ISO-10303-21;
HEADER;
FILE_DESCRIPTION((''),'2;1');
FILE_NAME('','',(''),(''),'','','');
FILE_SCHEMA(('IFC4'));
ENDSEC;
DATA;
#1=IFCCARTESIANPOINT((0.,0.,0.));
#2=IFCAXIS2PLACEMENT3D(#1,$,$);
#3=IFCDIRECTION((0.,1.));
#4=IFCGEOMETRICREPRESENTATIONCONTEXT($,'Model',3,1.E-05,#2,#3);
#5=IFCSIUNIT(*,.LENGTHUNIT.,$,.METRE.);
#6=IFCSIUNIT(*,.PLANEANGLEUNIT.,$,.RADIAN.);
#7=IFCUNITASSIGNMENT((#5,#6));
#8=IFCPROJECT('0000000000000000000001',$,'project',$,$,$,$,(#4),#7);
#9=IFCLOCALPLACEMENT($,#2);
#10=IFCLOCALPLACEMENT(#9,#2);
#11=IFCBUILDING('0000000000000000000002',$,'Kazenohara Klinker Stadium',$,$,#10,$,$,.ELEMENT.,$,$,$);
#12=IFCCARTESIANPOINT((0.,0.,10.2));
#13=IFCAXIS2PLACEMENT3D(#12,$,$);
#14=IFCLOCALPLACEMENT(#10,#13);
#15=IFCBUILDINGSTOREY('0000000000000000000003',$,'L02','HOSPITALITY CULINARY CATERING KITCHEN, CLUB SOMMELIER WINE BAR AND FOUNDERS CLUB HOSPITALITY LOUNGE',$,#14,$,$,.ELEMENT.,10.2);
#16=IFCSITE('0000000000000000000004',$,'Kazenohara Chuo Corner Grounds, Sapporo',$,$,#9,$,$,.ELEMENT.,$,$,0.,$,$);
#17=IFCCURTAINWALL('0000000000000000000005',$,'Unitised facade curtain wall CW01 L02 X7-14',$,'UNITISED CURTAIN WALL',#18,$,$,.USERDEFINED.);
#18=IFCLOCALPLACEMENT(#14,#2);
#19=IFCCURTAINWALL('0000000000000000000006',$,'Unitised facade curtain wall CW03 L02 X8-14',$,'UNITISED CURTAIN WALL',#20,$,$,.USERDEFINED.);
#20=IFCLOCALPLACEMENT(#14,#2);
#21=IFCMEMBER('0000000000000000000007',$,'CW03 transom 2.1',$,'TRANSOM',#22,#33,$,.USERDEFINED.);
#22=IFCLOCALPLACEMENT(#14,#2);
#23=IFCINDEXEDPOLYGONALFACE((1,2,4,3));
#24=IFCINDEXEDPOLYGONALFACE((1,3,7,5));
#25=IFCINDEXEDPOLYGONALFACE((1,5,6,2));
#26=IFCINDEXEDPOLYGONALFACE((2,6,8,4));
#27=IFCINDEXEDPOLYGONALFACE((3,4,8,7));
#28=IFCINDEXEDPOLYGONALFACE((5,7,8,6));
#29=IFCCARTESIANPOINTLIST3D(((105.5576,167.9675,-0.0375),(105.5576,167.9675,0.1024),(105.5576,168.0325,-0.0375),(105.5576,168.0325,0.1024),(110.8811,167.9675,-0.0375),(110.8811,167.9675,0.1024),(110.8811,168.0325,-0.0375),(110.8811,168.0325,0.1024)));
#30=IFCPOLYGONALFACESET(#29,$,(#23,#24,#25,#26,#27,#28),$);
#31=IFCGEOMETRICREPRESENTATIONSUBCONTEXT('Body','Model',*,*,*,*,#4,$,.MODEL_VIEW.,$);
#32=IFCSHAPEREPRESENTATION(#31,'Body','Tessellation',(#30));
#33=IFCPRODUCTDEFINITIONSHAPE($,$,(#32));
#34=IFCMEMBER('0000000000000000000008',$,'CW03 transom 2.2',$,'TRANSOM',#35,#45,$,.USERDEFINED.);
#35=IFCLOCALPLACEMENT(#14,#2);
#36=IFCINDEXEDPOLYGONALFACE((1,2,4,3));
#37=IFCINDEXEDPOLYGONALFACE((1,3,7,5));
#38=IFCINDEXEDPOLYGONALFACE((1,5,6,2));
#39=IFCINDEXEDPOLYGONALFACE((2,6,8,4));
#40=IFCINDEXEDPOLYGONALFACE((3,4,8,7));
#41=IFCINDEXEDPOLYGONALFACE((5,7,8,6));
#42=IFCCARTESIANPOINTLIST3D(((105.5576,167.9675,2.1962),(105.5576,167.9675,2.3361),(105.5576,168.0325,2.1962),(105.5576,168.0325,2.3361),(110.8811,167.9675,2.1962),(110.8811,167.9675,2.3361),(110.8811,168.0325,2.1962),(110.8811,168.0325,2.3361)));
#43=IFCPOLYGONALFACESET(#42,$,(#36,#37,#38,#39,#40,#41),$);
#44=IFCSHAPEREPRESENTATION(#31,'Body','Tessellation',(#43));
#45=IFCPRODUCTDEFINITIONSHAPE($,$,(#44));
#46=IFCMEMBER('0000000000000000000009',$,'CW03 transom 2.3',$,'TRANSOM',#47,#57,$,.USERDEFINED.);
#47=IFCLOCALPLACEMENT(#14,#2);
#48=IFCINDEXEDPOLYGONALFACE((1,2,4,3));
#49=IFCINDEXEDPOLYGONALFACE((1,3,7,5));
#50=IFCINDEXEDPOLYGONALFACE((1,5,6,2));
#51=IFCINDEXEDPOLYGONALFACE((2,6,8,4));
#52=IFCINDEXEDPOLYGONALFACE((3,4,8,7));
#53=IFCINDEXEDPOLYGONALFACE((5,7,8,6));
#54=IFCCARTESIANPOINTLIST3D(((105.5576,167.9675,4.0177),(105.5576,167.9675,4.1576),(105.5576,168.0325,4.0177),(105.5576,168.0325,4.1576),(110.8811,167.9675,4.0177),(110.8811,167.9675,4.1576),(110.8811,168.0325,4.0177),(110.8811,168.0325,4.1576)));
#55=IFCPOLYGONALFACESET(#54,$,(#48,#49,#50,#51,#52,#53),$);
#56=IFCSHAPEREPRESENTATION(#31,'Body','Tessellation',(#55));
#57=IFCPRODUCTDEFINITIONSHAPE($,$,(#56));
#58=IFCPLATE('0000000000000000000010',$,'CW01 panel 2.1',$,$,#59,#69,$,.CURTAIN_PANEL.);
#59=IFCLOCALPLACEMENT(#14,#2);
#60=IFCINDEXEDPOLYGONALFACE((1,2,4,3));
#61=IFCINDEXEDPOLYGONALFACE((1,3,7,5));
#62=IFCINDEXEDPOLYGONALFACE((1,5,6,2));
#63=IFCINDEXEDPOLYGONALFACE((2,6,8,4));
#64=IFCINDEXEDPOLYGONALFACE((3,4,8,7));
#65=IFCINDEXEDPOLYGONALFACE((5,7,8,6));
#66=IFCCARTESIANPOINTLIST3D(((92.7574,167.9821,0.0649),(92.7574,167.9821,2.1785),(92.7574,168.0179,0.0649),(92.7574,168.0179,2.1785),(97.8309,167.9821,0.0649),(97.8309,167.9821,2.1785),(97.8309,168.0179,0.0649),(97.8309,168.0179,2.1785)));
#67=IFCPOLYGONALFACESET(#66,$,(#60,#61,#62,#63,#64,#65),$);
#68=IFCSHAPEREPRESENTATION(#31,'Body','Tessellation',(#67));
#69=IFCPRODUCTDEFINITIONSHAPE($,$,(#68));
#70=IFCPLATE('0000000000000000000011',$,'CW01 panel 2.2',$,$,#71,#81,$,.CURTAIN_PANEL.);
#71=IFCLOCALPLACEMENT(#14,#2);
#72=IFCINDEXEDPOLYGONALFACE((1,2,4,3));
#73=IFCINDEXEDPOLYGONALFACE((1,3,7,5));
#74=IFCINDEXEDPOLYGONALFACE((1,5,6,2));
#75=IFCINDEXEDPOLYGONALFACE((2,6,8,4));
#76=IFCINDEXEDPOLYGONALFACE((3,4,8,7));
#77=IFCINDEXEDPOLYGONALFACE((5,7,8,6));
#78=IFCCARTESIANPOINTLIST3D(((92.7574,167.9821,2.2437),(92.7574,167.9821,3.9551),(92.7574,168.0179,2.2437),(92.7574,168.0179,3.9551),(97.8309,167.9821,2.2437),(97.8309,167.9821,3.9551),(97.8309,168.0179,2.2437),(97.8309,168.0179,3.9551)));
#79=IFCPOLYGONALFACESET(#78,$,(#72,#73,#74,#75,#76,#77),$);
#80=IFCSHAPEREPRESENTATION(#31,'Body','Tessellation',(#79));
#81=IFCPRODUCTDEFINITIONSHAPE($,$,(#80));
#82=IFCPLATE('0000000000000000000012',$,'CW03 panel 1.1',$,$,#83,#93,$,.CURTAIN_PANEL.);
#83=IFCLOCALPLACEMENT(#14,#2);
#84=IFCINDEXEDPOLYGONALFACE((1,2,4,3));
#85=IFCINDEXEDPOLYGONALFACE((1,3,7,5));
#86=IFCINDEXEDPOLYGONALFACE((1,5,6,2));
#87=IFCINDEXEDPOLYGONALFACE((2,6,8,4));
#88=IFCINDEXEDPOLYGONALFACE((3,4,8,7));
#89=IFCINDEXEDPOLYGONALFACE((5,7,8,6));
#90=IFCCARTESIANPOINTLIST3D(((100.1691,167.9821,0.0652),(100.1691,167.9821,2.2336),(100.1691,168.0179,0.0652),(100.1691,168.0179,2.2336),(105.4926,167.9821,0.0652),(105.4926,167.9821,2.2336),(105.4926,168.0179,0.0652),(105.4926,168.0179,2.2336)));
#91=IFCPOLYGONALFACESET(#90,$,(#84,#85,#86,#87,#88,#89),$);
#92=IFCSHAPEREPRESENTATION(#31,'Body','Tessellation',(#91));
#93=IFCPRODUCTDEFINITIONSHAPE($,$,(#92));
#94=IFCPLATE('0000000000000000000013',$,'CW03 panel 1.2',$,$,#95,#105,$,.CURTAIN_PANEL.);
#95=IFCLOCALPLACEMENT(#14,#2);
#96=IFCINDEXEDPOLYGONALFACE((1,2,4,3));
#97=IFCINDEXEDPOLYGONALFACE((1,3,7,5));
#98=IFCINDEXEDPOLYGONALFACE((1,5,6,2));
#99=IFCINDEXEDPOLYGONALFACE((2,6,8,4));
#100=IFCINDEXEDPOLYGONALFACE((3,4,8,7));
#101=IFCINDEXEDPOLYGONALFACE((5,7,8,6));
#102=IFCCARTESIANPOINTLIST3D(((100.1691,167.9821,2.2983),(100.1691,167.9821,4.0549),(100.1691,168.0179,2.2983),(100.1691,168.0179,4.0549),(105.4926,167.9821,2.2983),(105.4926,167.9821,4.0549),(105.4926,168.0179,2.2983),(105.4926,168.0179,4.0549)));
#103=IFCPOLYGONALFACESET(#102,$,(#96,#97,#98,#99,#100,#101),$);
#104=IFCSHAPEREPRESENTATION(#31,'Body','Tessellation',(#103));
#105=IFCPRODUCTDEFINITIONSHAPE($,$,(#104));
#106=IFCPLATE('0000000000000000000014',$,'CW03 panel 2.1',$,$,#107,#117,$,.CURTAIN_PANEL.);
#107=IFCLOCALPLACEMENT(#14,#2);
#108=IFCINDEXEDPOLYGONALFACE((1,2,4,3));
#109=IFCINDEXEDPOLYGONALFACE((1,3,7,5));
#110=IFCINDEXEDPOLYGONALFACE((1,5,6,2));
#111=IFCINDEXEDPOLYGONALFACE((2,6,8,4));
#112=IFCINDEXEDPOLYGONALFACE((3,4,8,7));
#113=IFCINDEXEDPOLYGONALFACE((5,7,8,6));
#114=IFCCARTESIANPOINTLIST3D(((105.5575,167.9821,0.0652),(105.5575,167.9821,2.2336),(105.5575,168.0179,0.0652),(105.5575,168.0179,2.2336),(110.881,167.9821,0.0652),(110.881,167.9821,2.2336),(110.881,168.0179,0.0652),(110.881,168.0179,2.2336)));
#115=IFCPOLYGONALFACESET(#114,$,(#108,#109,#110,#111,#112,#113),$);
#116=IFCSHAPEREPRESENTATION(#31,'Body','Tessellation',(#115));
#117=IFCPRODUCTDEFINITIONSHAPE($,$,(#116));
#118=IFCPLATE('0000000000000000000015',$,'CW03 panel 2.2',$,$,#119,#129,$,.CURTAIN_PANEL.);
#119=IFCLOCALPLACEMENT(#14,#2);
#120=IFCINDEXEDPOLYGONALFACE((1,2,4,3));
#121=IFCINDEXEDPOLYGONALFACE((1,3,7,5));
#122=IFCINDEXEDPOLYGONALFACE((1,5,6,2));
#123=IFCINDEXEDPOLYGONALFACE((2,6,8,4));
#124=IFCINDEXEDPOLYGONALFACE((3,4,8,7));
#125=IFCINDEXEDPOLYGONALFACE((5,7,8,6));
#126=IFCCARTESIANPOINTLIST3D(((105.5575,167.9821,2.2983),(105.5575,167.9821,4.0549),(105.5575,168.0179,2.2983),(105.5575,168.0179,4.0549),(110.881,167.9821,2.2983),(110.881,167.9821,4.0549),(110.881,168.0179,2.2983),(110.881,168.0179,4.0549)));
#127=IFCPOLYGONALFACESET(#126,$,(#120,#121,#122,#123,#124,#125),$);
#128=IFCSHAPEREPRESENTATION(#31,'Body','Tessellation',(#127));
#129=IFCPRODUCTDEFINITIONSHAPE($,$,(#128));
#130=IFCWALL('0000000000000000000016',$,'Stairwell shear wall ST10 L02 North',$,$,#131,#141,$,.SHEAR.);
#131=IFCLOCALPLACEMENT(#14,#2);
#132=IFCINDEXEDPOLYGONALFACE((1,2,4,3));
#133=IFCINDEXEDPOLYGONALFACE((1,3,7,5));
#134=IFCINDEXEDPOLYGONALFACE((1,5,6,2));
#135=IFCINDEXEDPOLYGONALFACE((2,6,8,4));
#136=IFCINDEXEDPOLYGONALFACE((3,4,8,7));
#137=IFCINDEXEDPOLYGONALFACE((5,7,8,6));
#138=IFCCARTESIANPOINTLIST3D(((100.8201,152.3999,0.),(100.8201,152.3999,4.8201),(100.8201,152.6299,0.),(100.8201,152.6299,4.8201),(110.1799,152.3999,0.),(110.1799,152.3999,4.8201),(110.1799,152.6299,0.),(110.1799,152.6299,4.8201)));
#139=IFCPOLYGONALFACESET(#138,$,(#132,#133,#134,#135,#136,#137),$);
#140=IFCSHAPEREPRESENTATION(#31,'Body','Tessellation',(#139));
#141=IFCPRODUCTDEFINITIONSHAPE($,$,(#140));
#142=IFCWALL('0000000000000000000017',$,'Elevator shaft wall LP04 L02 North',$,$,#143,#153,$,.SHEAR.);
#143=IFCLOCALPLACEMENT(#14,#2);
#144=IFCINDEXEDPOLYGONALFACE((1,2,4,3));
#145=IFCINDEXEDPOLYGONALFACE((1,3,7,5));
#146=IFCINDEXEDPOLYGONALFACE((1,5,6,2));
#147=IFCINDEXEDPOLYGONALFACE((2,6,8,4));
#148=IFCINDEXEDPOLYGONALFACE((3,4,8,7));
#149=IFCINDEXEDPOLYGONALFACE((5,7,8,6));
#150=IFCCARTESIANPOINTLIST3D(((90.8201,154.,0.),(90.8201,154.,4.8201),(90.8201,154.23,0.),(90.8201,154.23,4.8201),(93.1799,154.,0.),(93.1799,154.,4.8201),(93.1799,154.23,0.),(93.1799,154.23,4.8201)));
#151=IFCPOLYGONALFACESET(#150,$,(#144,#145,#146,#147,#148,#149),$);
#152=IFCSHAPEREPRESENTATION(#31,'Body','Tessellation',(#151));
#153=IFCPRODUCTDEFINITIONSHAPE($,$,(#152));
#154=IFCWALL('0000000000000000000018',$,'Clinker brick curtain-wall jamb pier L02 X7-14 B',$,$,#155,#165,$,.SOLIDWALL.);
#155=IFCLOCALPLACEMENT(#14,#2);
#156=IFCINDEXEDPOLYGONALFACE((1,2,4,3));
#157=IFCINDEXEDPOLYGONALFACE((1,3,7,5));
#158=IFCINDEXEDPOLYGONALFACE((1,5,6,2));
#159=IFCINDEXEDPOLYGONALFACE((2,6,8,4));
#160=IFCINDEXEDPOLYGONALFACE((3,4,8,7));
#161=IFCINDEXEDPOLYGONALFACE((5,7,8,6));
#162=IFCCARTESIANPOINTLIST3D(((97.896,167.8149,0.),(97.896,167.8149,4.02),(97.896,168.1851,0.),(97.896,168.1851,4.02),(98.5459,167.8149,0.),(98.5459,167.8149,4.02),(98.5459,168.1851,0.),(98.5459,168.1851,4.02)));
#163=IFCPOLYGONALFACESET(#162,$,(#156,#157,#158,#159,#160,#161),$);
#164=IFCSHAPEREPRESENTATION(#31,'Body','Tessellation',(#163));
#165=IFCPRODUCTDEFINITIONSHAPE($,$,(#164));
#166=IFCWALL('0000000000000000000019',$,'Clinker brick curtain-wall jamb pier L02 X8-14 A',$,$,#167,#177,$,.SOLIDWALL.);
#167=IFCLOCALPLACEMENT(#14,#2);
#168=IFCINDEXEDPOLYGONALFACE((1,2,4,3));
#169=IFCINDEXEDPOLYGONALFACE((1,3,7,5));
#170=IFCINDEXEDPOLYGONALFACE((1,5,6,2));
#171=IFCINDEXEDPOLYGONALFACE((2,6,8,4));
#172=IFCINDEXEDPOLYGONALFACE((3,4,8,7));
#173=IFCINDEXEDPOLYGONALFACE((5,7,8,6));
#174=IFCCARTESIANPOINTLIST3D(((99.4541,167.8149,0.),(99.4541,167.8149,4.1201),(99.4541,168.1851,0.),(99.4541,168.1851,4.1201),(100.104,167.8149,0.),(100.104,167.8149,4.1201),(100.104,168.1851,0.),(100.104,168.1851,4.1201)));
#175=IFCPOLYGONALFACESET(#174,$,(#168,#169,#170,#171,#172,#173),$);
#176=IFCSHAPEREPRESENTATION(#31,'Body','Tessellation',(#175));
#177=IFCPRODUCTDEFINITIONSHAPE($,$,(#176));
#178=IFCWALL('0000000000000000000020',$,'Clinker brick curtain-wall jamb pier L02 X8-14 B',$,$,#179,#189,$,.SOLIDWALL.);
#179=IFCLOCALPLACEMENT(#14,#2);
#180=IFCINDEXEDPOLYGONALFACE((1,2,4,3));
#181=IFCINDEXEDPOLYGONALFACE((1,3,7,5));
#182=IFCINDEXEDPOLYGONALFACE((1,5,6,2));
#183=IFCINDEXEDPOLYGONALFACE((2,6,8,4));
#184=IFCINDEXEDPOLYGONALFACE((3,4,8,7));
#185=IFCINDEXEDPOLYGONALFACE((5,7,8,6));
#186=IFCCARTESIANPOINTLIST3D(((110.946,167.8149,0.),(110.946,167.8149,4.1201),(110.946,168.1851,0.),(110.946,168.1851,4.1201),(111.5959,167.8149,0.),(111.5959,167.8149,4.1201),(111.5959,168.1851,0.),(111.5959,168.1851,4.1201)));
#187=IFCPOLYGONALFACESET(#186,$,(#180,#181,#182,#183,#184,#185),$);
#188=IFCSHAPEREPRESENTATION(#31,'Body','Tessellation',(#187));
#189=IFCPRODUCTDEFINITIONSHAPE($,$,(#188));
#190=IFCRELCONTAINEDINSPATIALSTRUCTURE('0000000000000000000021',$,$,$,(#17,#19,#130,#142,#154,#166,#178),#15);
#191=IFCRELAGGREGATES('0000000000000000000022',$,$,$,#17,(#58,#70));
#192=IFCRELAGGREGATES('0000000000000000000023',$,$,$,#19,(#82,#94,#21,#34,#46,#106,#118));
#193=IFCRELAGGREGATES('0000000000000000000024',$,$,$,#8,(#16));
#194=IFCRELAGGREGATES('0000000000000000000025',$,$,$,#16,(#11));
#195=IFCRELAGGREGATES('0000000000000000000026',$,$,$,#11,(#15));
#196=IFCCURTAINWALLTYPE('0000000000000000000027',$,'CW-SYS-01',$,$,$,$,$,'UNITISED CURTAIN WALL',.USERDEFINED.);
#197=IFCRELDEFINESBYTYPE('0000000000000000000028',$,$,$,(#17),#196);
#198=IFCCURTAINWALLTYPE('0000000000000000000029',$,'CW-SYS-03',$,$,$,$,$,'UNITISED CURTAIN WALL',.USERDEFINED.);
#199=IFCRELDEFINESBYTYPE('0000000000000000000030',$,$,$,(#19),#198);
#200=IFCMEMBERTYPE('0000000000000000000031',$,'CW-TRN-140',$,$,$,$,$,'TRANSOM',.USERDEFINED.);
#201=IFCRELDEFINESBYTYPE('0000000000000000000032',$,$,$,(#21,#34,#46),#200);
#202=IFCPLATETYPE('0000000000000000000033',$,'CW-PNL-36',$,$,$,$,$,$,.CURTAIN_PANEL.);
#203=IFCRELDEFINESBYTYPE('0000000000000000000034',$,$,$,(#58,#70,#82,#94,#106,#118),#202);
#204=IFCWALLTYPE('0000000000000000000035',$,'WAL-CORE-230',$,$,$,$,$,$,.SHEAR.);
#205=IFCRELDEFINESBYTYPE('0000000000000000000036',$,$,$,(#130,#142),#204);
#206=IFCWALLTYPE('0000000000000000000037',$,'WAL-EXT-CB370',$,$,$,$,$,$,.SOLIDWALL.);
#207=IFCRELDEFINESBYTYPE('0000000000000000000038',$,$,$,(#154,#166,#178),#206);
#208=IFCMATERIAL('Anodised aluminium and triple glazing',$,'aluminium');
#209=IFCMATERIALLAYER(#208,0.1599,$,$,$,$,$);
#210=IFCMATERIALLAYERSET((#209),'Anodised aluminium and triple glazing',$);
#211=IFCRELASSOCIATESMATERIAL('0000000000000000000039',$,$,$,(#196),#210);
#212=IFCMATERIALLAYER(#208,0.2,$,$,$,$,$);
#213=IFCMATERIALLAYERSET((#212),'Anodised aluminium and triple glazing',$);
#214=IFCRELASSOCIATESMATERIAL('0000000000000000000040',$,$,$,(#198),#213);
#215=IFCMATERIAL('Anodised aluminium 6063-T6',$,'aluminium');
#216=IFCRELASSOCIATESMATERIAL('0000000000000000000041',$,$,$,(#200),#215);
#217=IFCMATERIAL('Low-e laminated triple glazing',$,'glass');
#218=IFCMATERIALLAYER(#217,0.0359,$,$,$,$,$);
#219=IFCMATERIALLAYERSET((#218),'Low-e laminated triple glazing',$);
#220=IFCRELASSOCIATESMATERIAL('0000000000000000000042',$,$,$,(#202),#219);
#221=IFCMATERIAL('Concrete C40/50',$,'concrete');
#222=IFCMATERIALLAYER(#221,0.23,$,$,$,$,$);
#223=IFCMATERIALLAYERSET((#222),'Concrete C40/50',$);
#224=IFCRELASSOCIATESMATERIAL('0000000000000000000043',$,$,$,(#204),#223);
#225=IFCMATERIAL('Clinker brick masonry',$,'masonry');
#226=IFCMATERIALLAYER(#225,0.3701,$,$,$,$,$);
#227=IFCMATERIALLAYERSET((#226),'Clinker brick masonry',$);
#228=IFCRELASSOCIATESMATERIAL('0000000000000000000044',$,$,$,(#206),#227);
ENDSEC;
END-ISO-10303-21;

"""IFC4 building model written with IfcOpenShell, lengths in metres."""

from ifc_helpers import new_model, si_unit, direction, frame, frame_2d, origin, origin_2d, place, context, subcontext, project, spatial, rectangle, extrude, material, layer, layer_set, material_profile, profile_set, type_object, element, aggregate, save


model = new_model("IFC4")

# Units and contexts
model_context = context("Model", 3, precision=1e-05, world=origin(), true_north=direction((0.0, 1.0)))
body_context = subcontext(model_context, "Body", "Model", "MODEL_VIEW")
ifc_project = project(units=[si_unit("LENGTHUNIT", "METRE"), si_unit("PLANEANGLEUNIT", "RADIAN")], contexts=[model_context])

# Site, building, storey
site_placement = place(None, origin())
site = spatial("IfcSite", under=ifc_project, at=site_placement, Name="Kazenohara Chuo Corner Grounds, Sapporo", CompositionType="ELEMENT", RefElevation=0.0)
building_placement = place(site_placement, origin())
building = spatial("IfcBuilding", under=site, at=building_placement, Name="Kazenohara Klinker Stadium", CompositionType="ELEMENT")
storey_placement = place(building_placement, frame((0.0, 0.0, 10.2)))
storey = spatial("IfcBuildingStorey", under=building, at=storey_placement, Name="L02", Description="HOSPITALITY CULINARY CATERING KITCHEN, CLUB SOMMELIER WINE BAR AND FOUNDERS CLUB HOSPITALITY LOUNGE", CompositionType="ELEMENT", Elevation=10.2)

# Shared definitions
ifc_material_1 = material(Name="Concrete C40/50", Category="concrete")

# Curtain walls
ifc_material_2 = material(Name="Anodised aluminium and triple glazing", Category="aluminium")
ifc_layer_1 = layer(ifc_material_2, 0.1599)
ifc_layer_set_1 = layer_set([ifc_layer_1], Name="Anodised aluminium and triple glazing")
curtain_wall_type_1 = type_object("IfcCurtainWallType", Name="CW-SYS-01", ElementType="UNITISED CURTAIN WALL", PredefinedType="USERDEFINED", material=ifc_layer_set_1)
curtain_wall_1_placement = place(storey_placement, origin())
curtain_wall_1 = element("IfcCurtainWall", 1, at=curtain_wall_1_placement, inside=storey, type_object=curtain_wall_type_1, Name="Unitised facade curtain wall CW01 L02 X7-14", ObjectType="UNITISED CURTAIN WALL", PredefinedType="USERDEFINED")
ifc_material_3 = material(Name="Anodised aluminium 6063-T6", Category="aluminium")
ifc_layer_2 = layer(ifc_material_2, 0.2)
ifc_layer_set_2 = layer_set([ifc_layer_2], Name="Anodised aluminium and triple glazing")
curtain_wall_type_2 = type_object("IfcCurtainWallType", Name="CW-SYS-03", ElementType="UNITISED CURTAIN WALL", PredefinedType="USERDEFINED", material=ifc_layer_set_2)
curtain_wall_2_placement = place(storey_placement, origin())
curtain_wall_2 = element("IfcCurtainWall", 2, at=curtain_wall_2_placement, inside=storey, type_object=curtain_wall_type_2, Name="Unitised facade curtain wall CW03 L02 X8-14", ObjectType="UNITISED CURTAIN WALL", PredefinedType="USERDEFINED")

# Members
ifc_material_profile_1 = material_profile(ifc_material_3, rectangle(XDim=0.0649, YDim=0.1399, at=origin_2d()), Name="ALU-TRN-65x140")
ifc_profile_set_1 = profile_set([ifc_material_profile_1], Name="Anodised aluminium 6063-T6")
member_type_1 = type_object("IfcMemberType", Name="CW-TRN-140", ElementType="TRANSOM", PredefinedType="USERDEFINED", material=ifc_profile_set_1)
member_1_placement = place(storey_placement, frame((105.5576, 168.0, 0.0325), z_axis=(1.0, 0.0, 0.0), x_axis=(0.0, 1.0, 0.0)))
member_1 = element("IfcMember", 3, at=member_1_placement, type_object=member_type_1, Name="CW03 transom 2.1", ObjectType="TRANSOM", PredefinedType="USERDEFINED", context=body_context, shape_type="SweptSolid", body=[
    extrude(rectangle(XDim=0.0649, YDim=0.1399, at=origin_2d()), origin(), (0.0, 0.0, 1.0), 5.3235),
])
member_2_placement = place(storey_placement, frame((105.5576, 168.0, 2.2661), z_axis=(1.0, 0.0, 0.0), x_axis=(0.0, 1.0, 0.0)))
member_2 = element("IfcMember", 4, at=member_2_placement, type_object=member_type_1, Name="CW03 transom 2.2", ObjectType="TRANSOM", PredefinedType="USERDEFINED", context=body_context, shape_type="SweptSolid", body=[
    extrude(rectangle(XDim=0.0649, YDim=0.1399, at=origin_2d()), origin(), (0.0, 0.0, 1.0), 5.3235),
])
member_3_placement = place(storey_placement, frame((105.5576, 168.0, 4.0876), z_axis=(1.0, 0.0, 0.0), x_axis=(0.0, 1.0, 0.0)))
member_3 = element("IfcMember", 5, at=member_3_placement, type_object=member_type_1, Name="CW03 transom 2.3", ObjectType="TRANSOM", PredefinedType="USERDEFINED", context=body_context, shape_type="SweptSolid", body=[
    extrude(rectangle(XDim=0.0649, YDim=0.1399, at=origin_2d()), origin(), (0.0, 0.0, 1.0), 5.3235),
])

# Plates
ifc_material_4 = material(Name="Low-e laminated triple glazing", Category="glass")
ifc_layer_3 = layer(ifc_material_4, 0.0359)
ifc_layer_set_3 = layer_set([ifc_layer_3], Name="Low-e laminated triple glazing")
plate_type = type_object("IfcPlateType", Name="CW-PNL-36", PredefinedType="CURTAIN_PANEL", material=ifc_layer_set_3)
plate_1_placement = place(storey_placement, frame((95.2942, 168.0, 0.0649), z_axis=(0.0, 0.0, 1.0), x_axis=(1.0, 0.0, 0.0)))
plate_1 = element("IfcPlate", 6, at=plate_1_placement, type_object=plate_type, Name="CW01 panel 2.1", PredefinedType="CURTAIN_PANEL", context=body_context, shape_type="SweptSolid", body=[
    extrude(rectangle(XDim=5.0735, YDim=0.0359, at=origin_2d()), origin(), (0.0, 0.0, 1.0), 2.1135),
])
plate_2_placement = place(storey_placement, frame((95.2942, 168.0, 2.2437), z_axis=(0.0, 0.0, 1.0), x_axis=(1.0, 0.0, 0.0)))
plate_2 = element("IfcPlate", 7, at=plate_2_placement, type_object=plate_type, Name="CW01 panel 2.2", PredefinedType="CURTAIN_PANEL", context=body_context, shape_type="SweptSolid", body=[
    extrude(rectangle(XDim=5.0735, YDim=0.0359, at=origin_2d()), origin(), (0.0, 0.0, 1.0), 1.7114),
])
aggregate(curtain_wall_1, [plate_1, plate_2])
plate_3_placement = place(storey_placement, frame((102.8308, 168.0, 0.0652), z_axis=(0.0, 0.0, 1.0), x_axis=(1.0, 0.0, 0.0)))
plate_3 = element("IfcPlate", 8, at=plate_3_placement, type_object=plate_type, Name="CW03 panel 1.1", PredefinedType="CURTAIN_PANEL", context=body_context, shape_type="SweptSolid", body=[
    extrude(rectangle(XDim=5.3235, YDim=0.0359, at=origin_2d()), origin(), (0.0, 0.0, 1.0), 2.1685),
])
plate_4_placement = place(storey_placement, frame((102.8308, 168.0, 2.2983), z_axis=(0.0, 0.0, 1.0), x_axis=(1.0, 0.0, 0.0)))
plate_4 = element("IfcPlate", 9, at=plate_4_placement, type_object=plate_type, Name="CW03 panel 1.2", PredefinedType="CURTAIN_PANEL", context=body_context, shape_type="SweptSolid", body=[
    extrude(rectangle(XDim=5.3235, YDim=0.0359, at=origin_2d()), origin(), (0.0, 0.0, 1.0), 1.7566),
])
plate_5_placement = place(storey_placement, frame((108.2192, 168.0, 0.0652), z_axis=(0.0, 0.0, 1.0), x_axis=(1.0, 0.0, 0.0)))
plate_5 = element("IfcPlate", 10, at=plate_5_placement, type_object=plate_type, Name="CW03 panel 2.1", PredefinedType="CURTAIN_PANEL", context=body_context, shape_type="SweptSolid", body=[
    extrude(rectangle(XDim=5.3235, YDim=0.0359, at=origin_2d()), origin(), (0.0, 0.0, 1.0), 2.1685),
])
plate_6_placement = place(storey_placement, frame((108.2192, 168.0, 2.2983), z_axis=(0.0, 0.0, 1.0), x_axis=(1.0, 0.0, 0.0)))
plate_6 = element("IfcPlate", 11, at=plate_6_placement, type_object=plate_type, Name="CW03 panel 2.2", PredefinedType="CURTAIN_PANEL", context=body_context, shape_type="SweptSolid", body=[
    extrude(rectangle(XDim=5.3235, YDim=0.0359, at=origin_2d()), origin(), (0.0, 0.0, 1.0), 1.7566),
])
aggregate(curtain_wall_2, [plate_3, plate_4, member_1, member_2, member_3, plate_5, plate_6])

# Walls
ifc_layer_4 = layer(ifc_material_1, 0.23)
ifc_layer_set_4 = layer_set([ifc_layer_4], Name="Concrete C40/50")
wall_type_1 = type_object("IfcWallType", Name="WAL-CORE-230", PredefinedType="SHEAR", material=ifc_layer_set_4)
wall_1_placement = place(storey_placement, frame((100.8201, 152.5149, 0.0), z_axis=(0.0, 0.0, 1.0), x_axis=(1.0, 0.0, 0.0)))
element("IfcWall", 12, at=wall_1_placement, inside=storey, type_object=wall_type_1, Name="Stairwell shear wall ST10 L02 North", PredefinedType="SHEAR", context=body_context, shape_type="SweptSolid", body=[
    extrude(rectangle(XDim=9.3599, YDim=0.23, at=frame_2d((4.6799, 0.0))), origin(), (0.0, 0.0, 1.0), 4.8201),
])
wall_2_placement = place(storey_placement, frame((90.8201, 154.115, 0.0), z_axis=(0.0, 0.0, 1.0), x_axis=(1.0, 0.0, 0.0)))
element("IfcWall", 13, at=wall_2_placement, inside=storey, type_object=wall_type_1, Name="Elevator shaft wall LP04 L02 North", PredefinedType="SHEAR", context=body_context, shape_type="SweptSolid", body=[
    extrude(rectangle(XDim=2.3599, YDim=0.23, at=frame_2d((1.1799, 0.0))), origin(), (0.0, 0.0, 1.0), 4.8201),
])
ifc_material_5 = material(Name="Clinker brick masonry", Category="masonry")
ifc_layer_5 = layer(ifc_material_5, 0.3701)
ifc_layer_set_5 = layer_set([ifc_layer_5], Name="Clinker brick masonry")
wall_type_2 = type_object("IfcWallType", Name="WAL-EXT-CB370", PredefinedType="SOLIDWALL", material=ifc_layer_set_5)
wall_3_placement = place(storey_placement, frame((97.896, 168.0, 0.0), z_axis=(0.0, 0.0, 1.0), x_axis=(1.0, 0.0, 0.0)))
element("IfcWall", 14, at=wall_3_placement, inside=storey, type_object=wall_type_2, Name="Clinker brick curtain-wall jamb pier L02 X7-14 B", PredefinedType="SOLIDWALL", context=body_context, shape_type="SweptSolid", body=[
    extrude(rectangle(XDim=0.6499, YDim=0.3701, at=frame_2d((0.325, 0.0))), origin(), (0.0, 0.0, 1.0), 4.02),
])
for number, where, z_axis, x_axis, name in (
    (15, (99.4541, 168.0, 0.0), (0.0, 0.0, 1.0), (1.0, 0.0, 0.0), "Clinker brick curtain-wall jamb pier L02 X8-14 A"),
    (16, (110.946, 168.0, 0.0), (0.0, 0.0, 1.0), (1.0, 0.0, 0.0), "Clinker brick curtain-wall jamb pier L02 X8-14 B"),
):
    element("IfcWall", number, at=place(storey_placement, frame(where, z_axis=z_axis, x_axis=x_axis)), inside=storey, type_object=wall_type_2, Name=name, PredefinedType="SOLIDWALL", context=body_context, shape_type="SweptSolid", body=[
        extrude(rectangle(XDim=0.6499, YDim=0.3701, at=frame_2d((0.325, 0.0))), origin(), (0.0, 0.0, 1.0), 4.1201),
    ])

save(model, "model.ifc")
